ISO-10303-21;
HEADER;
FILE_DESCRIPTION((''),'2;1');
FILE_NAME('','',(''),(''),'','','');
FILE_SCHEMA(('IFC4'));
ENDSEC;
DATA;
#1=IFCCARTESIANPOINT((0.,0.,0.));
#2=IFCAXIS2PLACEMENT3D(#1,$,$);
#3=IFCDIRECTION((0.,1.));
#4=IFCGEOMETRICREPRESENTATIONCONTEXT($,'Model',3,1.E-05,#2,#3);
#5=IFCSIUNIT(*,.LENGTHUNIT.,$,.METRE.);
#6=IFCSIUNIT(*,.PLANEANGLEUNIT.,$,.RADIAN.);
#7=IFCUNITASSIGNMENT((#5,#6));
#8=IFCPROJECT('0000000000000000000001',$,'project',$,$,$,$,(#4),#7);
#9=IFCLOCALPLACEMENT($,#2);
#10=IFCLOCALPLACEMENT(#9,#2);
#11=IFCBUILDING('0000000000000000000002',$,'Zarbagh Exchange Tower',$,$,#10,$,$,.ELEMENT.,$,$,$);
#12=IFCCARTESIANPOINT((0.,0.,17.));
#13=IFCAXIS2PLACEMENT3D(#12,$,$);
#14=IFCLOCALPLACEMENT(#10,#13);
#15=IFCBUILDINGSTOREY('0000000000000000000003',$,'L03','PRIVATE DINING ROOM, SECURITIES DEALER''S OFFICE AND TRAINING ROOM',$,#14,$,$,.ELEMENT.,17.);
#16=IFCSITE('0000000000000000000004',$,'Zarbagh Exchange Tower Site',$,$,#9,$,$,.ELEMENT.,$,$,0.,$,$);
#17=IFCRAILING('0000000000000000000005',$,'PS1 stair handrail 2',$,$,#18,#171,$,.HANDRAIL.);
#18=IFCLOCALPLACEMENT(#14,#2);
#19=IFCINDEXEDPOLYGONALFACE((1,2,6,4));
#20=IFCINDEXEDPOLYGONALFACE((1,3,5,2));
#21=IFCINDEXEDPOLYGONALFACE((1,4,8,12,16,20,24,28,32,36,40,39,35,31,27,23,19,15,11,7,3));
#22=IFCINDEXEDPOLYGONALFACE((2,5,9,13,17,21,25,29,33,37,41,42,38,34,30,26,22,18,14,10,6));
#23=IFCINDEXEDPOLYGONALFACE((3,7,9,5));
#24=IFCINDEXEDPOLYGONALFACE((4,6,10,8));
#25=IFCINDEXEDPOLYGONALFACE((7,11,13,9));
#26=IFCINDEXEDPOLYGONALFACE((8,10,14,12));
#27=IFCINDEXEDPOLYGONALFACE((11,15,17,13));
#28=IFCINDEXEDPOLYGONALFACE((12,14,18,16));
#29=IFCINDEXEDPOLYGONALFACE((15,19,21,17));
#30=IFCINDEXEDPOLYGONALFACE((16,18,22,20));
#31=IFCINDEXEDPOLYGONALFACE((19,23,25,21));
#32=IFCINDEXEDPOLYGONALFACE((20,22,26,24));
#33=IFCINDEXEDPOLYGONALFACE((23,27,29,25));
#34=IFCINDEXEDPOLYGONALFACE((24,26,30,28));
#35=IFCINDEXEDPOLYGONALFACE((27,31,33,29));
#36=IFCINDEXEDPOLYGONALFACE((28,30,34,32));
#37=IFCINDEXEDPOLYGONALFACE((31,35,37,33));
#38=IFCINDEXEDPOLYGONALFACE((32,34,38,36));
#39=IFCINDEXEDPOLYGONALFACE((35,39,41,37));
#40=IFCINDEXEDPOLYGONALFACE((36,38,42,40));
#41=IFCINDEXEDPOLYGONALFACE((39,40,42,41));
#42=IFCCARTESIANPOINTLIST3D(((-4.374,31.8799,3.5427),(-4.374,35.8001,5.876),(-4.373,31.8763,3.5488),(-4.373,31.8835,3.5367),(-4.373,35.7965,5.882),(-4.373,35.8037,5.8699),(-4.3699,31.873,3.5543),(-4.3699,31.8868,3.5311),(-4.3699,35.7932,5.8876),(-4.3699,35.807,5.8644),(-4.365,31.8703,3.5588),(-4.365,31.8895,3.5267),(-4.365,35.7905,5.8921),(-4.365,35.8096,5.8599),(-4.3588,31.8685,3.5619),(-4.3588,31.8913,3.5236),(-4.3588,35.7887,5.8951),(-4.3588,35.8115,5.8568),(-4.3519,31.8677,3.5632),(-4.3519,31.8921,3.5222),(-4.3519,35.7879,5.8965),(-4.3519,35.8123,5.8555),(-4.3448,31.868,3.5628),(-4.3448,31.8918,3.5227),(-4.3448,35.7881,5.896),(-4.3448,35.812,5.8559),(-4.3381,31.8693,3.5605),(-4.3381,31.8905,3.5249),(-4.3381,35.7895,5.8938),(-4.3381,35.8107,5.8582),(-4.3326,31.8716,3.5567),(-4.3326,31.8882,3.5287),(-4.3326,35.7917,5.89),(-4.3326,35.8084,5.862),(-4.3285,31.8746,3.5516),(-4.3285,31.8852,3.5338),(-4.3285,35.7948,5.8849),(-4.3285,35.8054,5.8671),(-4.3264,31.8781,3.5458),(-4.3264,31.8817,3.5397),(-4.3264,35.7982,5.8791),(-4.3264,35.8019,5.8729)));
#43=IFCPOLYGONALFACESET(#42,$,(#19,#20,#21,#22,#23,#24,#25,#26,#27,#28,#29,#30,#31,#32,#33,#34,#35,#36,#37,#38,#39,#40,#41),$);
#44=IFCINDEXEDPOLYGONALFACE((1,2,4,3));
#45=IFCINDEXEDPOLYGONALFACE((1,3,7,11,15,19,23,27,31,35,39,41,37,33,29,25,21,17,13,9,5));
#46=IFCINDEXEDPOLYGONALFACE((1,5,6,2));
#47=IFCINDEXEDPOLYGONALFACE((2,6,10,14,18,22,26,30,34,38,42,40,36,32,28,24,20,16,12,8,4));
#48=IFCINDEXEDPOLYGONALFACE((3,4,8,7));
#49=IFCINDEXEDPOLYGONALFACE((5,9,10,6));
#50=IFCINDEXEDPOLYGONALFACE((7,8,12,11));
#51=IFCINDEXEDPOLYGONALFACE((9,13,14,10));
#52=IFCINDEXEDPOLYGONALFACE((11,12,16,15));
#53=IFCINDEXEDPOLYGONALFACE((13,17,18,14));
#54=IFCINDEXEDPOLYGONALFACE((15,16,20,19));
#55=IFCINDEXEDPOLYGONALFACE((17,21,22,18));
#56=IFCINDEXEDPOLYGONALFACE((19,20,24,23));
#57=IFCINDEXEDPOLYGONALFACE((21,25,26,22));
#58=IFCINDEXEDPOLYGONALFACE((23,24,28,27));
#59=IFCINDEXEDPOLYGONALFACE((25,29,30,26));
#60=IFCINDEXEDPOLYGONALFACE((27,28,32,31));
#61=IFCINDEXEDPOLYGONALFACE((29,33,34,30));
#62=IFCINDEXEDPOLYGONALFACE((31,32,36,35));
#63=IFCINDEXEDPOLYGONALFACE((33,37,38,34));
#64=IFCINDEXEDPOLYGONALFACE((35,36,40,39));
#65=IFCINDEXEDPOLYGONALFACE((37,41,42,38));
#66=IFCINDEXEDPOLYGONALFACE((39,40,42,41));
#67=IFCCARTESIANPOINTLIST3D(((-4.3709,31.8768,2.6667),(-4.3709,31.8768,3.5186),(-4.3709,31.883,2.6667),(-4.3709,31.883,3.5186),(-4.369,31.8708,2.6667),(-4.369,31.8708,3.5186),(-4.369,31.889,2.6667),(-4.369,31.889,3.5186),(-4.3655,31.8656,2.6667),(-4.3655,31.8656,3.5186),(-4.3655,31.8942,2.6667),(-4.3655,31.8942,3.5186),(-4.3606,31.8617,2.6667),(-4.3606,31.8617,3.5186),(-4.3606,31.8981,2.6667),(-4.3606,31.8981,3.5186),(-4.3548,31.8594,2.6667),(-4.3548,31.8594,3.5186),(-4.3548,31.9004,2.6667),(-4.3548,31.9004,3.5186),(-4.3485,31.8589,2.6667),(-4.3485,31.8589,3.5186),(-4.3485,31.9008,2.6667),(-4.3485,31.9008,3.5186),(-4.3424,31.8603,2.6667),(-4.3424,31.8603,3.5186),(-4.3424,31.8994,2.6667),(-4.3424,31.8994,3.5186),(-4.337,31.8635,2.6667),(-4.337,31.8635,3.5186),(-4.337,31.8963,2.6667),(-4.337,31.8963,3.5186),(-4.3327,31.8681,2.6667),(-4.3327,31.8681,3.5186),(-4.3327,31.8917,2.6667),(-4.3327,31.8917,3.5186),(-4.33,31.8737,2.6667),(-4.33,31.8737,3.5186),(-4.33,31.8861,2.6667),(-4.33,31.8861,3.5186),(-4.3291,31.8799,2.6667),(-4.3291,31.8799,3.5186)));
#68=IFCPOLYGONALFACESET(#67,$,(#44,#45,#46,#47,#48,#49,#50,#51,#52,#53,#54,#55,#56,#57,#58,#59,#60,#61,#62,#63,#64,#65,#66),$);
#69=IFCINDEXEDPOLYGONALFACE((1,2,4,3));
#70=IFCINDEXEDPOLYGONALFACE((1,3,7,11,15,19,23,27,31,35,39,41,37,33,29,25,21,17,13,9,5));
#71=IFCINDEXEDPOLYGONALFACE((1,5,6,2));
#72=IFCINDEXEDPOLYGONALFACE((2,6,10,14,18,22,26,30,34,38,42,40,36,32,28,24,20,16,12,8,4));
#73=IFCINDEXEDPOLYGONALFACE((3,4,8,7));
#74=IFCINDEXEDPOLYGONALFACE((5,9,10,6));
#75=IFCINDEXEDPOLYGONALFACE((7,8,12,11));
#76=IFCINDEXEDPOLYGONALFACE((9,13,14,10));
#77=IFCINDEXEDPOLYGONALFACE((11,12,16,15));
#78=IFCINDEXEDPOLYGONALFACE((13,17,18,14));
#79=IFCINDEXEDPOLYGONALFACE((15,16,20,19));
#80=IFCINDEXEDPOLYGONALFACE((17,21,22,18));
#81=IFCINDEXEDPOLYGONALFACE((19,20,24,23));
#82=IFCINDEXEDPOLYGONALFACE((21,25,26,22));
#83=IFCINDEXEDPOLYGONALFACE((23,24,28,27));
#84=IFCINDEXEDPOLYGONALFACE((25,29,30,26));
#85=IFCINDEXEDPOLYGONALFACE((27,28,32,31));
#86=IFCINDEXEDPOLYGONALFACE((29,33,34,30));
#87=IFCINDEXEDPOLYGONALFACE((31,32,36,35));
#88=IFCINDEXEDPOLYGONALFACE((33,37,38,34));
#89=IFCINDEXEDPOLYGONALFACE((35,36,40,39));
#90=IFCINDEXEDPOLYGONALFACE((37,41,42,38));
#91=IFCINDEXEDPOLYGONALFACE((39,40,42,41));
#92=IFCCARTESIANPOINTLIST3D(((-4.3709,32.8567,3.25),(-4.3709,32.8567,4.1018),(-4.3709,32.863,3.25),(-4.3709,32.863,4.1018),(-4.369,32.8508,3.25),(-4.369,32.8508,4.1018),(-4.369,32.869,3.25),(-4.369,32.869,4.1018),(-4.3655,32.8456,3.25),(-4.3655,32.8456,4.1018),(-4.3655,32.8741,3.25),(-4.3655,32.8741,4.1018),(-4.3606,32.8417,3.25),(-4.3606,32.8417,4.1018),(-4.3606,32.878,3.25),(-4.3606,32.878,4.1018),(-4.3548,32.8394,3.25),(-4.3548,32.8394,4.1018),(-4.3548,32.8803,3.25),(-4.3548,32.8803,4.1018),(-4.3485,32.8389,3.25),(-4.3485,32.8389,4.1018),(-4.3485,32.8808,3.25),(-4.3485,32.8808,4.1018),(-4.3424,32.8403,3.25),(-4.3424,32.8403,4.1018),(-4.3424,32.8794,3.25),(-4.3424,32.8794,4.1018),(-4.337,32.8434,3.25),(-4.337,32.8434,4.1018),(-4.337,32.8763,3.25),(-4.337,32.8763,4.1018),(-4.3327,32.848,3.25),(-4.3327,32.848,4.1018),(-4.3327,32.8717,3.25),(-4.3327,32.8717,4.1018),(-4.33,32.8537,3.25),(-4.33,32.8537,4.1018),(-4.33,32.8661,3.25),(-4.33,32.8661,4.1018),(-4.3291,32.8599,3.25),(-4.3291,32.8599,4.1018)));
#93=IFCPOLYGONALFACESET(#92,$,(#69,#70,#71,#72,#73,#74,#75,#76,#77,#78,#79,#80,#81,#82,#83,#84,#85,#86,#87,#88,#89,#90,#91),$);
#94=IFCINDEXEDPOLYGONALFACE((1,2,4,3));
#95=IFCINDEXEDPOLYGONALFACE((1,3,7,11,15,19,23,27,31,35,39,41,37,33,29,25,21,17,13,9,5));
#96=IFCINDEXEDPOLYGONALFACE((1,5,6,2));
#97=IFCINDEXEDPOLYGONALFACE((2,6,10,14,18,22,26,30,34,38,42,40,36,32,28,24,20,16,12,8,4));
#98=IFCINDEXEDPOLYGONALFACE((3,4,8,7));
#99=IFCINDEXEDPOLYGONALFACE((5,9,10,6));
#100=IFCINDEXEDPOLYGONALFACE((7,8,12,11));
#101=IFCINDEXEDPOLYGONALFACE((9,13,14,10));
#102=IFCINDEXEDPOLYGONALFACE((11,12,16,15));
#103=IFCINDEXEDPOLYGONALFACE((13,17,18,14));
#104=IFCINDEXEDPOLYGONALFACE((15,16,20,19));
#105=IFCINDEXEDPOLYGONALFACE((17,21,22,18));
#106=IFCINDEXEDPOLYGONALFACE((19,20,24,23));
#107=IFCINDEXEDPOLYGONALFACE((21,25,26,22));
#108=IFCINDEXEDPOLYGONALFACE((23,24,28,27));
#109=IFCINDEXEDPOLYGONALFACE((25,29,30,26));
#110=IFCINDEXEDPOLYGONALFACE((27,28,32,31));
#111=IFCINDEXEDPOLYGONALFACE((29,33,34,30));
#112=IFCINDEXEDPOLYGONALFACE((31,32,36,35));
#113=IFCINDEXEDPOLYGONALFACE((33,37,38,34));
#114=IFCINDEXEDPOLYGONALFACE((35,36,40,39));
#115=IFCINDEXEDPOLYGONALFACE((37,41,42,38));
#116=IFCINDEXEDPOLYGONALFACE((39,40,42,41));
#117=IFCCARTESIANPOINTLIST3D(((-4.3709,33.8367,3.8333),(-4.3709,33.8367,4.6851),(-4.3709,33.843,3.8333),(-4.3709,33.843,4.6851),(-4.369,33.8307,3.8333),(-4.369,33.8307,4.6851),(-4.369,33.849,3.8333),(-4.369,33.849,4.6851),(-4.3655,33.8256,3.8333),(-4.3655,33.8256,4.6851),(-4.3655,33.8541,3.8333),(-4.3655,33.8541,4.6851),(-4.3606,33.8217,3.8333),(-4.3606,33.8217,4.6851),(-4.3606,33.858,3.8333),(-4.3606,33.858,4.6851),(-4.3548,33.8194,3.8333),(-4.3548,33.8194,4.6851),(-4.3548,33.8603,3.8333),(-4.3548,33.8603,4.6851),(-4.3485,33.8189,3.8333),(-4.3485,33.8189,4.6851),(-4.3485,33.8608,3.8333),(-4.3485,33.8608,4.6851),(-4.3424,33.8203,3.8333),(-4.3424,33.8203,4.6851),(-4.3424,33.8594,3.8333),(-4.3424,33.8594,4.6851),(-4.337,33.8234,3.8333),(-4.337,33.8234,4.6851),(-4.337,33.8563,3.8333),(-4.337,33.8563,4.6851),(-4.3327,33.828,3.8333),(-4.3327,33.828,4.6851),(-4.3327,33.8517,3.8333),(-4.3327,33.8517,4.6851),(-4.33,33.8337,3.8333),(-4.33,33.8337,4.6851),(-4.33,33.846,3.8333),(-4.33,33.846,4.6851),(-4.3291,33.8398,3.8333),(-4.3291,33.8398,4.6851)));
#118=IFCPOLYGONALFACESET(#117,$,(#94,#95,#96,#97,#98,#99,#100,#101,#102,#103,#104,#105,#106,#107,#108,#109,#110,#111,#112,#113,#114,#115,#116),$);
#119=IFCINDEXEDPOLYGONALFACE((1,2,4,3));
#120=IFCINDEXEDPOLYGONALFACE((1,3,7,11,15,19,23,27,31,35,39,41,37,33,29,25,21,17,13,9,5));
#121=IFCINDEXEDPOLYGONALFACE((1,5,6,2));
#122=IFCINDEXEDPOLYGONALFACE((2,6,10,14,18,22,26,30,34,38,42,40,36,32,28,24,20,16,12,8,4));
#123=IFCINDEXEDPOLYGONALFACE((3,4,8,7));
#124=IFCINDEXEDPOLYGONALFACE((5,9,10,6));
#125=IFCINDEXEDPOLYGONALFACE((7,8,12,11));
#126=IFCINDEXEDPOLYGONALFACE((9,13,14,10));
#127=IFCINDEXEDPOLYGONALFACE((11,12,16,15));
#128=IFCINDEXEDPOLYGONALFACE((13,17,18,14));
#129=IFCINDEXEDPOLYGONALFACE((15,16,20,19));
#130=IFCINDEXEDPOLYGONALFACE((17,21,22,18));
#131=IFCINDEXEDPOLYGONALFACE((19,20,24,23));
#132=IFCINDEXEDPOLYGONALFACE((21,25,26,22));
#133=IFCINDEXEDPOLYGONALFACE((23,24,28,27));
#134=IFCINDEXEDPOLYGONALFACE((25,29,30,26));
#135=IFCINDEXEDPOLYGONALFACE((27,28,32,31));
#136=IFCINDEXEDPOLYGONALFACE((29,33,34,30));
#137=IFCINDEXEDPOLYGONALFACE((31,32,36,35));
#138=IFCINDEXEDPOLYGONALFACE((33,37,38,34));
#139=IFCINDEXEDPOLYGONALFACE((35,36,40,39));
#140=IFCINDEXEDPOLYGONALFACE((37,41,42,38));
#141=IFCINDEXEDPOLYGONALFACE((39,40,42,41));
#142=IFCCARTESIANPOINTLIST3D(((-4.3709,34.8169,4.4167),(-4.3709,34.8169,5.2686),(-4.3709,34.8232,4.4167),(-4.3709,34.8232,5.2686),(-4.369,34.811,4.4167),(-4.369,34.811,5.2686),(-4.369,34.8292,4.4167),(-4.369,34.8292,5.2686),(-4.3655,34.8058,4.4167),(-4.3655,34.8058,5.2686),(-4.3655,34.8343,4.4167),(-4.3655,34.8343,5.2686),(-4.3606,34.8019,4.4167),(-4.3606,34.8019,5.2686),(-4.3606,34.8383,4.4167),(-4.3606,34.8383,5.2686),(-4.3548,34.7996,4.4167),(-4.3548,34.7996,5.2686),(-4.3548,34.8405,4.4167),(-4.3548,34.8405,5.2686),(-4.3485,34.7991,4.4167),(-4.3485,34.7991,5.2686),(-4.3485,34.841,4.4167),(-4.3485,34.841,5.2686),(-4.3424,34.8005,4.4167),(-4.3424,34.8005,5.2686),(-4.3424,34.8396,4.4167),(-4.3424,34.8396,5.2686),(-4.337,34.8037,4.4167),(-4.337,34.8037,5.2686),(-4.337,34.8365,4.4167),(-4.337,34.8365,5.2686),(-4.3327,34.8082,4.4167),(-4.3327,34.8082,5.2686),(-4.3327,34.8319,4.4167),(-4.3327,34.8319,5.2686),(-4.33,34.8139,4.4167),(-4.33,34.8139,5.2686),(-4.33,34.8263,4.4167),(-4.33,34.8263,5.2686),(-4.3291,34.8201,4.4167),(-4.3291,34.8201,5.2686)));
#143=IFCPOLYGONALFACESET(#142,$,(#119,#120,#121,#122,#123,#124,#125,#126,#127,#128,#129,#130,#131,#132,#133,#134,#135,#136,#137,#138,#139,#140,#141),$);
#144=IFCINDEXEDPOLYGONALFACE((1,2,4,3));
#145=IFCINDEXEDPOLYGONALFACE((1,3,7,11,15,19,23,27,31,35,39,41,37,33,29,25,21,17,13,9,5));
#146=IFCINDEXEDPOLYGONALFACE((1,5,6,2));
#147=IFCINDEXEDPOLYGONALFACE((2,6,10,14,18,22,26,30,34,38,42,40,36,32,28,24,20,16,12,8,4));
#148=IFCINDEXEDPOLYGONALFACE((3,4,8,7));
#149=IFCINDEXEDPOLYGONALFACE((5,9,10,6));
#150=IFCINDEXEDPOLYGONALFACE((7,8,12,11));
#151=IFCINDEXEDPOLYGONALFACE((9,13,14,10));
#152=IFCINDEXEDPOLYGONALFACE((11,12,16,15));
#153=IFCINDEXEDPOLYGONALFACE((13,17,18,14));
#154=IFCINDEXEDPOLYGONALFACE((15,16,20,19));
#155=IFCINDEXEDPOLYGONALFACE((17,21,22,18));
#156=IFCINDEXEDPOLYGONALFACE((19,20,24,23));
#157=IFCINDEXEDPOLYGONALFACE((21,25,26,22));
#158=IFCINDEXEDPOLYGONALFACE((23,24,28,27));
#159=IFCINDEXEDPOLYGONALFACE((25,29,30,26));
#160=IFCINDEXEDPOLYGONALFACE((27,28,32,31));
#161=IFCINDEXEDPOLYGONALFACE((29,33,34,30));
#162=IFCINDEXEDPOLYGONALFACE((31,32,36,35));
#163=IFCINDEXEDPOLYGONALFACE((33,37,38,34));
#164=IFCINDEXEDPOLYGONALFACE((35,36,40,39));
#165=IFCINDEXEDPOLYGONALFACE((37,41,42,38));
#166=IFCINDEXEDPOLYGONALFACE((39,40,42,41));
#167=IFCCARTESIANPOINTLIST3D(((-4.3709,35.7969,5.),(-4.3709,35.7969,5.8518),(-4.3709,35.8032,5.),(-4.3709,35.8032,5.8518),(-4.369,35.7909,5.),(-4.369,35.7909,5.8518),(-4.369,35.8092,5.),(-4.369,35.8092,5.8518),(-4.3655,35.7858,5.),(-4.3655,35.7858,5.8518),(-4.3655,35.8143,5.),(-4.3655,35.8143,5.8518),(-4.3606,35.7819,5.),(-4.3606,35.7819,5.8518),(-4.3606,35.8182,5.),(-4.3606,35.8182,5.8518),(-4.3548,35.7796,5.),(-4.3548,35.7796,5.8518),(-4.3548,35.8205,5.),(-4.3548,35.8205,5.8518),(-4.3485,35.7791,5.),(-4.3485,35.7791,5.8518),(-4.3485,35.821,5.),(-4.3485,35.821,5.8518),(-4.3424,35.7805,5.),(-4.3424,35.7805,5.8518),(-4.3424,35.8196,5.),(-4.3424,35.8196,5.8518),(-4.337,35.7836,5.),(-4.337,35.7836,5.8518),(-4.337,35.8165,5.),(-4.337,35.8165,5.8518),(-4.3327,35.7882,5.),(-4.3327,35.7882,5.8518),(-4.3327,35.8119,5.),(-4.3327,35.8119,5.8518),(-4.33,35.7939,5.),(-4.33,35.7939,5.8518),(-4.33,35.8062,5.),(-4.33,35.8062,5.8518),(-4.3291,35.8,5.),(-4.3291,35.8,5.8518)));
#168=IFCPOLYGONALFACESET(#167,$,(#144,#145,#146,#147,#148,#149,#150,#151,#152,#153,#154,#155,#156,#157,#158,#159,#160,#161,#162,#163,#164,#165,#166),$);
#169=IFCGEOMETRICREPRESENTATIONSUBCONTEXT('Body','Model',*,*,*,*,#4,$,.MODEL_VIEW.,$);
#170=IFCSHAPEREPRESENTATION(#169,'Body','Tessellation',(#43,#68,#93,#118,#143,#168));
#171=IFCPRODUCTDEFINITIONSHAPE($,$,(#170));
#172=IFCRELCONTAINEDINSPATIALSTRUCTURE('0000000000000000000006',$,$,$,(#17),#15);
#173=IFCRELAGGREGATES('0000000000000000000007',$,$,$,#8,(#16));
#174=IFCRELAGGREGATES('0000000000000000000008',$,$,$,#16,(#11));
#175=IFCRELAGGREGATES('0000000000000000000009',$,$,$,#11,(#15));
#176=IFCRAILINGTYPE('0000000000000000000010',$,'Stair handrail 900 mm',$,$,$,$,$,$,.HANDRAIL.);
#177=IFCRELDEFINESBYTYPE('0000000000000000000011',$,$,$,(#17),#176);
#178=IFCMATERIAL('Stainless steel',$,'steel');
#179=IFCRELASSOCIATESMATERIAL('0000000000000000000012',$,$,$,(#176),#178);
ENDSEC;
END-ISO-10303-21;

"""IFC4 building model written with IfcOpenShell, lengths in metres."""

from ifc_helpers import new_model, si_unit, direction, frame, origin, origin_2d, place, context, subcontext, project, spatial, circle, extrude, material, type_object, element, save


model = new_model("IFC4")

# Units and contexts
model_context = context("Model", 3, precision=1e-05, world=origin(), true_north=direction((0.0, 1.0)))
body_context = subcontext(model_context, "Body", "Model", "MODEL_VIEW")
ifc_project = project(units=[si_unit("LENGTHUNIT", "METRE"), si_unit("PLANEANGLEUNIT", "RADIAN")], contexts=[model_context])

# Site, building, storey
site_placement = place(None, origin())
site = spatial("IfcSite", under=ifc_project, at=site_placement, Name="Zarbagh Exchange Tower Site", CompositionType="ELEMENT", RefElevation=0.0)
building_placement = place(site_placement, origin())
building = spatial("IfcBuilding", under=site, at=building_placement, Name="Zarbagh Exchange Tower", CompositionType="ELEMENT")
storey_placement = place(building_placement, frame((0.0, 0.0, 17.0)))
storey = spatial("IfcBuildingStorey", under=building, at=storey_placement, Name="L03", Description="PRIVATE DINING ROOM, SECURITIES DEALER'S OFFICE AND TRAINING ROOM", CompositionType="ELEMENT", Elevation=17.0)

# Railing
ifc_material_1 = material(Name="Stainless steel", Category="steel")
railing_type_1 = type_object("IfcRailingType", Name="Stair handrail 900 mm", PredefinedType="HANDRAIL", material=ifc_material_1)
railing_1_placement = place(storey_placement, frame((-4.3501, 31.8799, 2.6667)))
element("IfcRailing", 1, at=railing_1_placement, inside=storey, type_object=railing_type_1, Name="PS1 stair handrail 2", PredefinedType="HANDRAIL", context=body_context, shape_type="SweptSolid", body=[
    extrude(circle(Radius=0.0239, at=origin_2d()), frame((0.0, 0.0, 0.876), z_axis=(0.0, 0.85931, 0.511455), x_axis=(-1.0, 0.0, 0.0)), (0.0, 0.0, 1.0), 4.562),
    extrude(circle(Radius=0.021, at=origin_2d()), origin(), (0.0, 0.0, 1.0), 0.8518),
    extrude(circle(Radius=0.021, at=origin_2d()), frame((0.0, 0.98, 0.5833)), (0.0, 0.0, 1.0), 0.8518),
    extrude(circle(Radius=0.021, at=origin_2d()), frame((0.0, 1.96, 1.1665)), (0.0, 0.0, 1.0), 0.8518),
    extrude(circle(Radius=0.021, at=origin_2d()), frame((0.0, 2.9402, 1.75)), (0.0, 0.0, 1.0), 0.8518),
    extrude(circle(Radius=0.021, at=origin_2d()), frame((0.0, 3.9202, 2.3333)), (0.0, 0.0, 1.0), 0.8518),
])

save(model, "model.ifc")
